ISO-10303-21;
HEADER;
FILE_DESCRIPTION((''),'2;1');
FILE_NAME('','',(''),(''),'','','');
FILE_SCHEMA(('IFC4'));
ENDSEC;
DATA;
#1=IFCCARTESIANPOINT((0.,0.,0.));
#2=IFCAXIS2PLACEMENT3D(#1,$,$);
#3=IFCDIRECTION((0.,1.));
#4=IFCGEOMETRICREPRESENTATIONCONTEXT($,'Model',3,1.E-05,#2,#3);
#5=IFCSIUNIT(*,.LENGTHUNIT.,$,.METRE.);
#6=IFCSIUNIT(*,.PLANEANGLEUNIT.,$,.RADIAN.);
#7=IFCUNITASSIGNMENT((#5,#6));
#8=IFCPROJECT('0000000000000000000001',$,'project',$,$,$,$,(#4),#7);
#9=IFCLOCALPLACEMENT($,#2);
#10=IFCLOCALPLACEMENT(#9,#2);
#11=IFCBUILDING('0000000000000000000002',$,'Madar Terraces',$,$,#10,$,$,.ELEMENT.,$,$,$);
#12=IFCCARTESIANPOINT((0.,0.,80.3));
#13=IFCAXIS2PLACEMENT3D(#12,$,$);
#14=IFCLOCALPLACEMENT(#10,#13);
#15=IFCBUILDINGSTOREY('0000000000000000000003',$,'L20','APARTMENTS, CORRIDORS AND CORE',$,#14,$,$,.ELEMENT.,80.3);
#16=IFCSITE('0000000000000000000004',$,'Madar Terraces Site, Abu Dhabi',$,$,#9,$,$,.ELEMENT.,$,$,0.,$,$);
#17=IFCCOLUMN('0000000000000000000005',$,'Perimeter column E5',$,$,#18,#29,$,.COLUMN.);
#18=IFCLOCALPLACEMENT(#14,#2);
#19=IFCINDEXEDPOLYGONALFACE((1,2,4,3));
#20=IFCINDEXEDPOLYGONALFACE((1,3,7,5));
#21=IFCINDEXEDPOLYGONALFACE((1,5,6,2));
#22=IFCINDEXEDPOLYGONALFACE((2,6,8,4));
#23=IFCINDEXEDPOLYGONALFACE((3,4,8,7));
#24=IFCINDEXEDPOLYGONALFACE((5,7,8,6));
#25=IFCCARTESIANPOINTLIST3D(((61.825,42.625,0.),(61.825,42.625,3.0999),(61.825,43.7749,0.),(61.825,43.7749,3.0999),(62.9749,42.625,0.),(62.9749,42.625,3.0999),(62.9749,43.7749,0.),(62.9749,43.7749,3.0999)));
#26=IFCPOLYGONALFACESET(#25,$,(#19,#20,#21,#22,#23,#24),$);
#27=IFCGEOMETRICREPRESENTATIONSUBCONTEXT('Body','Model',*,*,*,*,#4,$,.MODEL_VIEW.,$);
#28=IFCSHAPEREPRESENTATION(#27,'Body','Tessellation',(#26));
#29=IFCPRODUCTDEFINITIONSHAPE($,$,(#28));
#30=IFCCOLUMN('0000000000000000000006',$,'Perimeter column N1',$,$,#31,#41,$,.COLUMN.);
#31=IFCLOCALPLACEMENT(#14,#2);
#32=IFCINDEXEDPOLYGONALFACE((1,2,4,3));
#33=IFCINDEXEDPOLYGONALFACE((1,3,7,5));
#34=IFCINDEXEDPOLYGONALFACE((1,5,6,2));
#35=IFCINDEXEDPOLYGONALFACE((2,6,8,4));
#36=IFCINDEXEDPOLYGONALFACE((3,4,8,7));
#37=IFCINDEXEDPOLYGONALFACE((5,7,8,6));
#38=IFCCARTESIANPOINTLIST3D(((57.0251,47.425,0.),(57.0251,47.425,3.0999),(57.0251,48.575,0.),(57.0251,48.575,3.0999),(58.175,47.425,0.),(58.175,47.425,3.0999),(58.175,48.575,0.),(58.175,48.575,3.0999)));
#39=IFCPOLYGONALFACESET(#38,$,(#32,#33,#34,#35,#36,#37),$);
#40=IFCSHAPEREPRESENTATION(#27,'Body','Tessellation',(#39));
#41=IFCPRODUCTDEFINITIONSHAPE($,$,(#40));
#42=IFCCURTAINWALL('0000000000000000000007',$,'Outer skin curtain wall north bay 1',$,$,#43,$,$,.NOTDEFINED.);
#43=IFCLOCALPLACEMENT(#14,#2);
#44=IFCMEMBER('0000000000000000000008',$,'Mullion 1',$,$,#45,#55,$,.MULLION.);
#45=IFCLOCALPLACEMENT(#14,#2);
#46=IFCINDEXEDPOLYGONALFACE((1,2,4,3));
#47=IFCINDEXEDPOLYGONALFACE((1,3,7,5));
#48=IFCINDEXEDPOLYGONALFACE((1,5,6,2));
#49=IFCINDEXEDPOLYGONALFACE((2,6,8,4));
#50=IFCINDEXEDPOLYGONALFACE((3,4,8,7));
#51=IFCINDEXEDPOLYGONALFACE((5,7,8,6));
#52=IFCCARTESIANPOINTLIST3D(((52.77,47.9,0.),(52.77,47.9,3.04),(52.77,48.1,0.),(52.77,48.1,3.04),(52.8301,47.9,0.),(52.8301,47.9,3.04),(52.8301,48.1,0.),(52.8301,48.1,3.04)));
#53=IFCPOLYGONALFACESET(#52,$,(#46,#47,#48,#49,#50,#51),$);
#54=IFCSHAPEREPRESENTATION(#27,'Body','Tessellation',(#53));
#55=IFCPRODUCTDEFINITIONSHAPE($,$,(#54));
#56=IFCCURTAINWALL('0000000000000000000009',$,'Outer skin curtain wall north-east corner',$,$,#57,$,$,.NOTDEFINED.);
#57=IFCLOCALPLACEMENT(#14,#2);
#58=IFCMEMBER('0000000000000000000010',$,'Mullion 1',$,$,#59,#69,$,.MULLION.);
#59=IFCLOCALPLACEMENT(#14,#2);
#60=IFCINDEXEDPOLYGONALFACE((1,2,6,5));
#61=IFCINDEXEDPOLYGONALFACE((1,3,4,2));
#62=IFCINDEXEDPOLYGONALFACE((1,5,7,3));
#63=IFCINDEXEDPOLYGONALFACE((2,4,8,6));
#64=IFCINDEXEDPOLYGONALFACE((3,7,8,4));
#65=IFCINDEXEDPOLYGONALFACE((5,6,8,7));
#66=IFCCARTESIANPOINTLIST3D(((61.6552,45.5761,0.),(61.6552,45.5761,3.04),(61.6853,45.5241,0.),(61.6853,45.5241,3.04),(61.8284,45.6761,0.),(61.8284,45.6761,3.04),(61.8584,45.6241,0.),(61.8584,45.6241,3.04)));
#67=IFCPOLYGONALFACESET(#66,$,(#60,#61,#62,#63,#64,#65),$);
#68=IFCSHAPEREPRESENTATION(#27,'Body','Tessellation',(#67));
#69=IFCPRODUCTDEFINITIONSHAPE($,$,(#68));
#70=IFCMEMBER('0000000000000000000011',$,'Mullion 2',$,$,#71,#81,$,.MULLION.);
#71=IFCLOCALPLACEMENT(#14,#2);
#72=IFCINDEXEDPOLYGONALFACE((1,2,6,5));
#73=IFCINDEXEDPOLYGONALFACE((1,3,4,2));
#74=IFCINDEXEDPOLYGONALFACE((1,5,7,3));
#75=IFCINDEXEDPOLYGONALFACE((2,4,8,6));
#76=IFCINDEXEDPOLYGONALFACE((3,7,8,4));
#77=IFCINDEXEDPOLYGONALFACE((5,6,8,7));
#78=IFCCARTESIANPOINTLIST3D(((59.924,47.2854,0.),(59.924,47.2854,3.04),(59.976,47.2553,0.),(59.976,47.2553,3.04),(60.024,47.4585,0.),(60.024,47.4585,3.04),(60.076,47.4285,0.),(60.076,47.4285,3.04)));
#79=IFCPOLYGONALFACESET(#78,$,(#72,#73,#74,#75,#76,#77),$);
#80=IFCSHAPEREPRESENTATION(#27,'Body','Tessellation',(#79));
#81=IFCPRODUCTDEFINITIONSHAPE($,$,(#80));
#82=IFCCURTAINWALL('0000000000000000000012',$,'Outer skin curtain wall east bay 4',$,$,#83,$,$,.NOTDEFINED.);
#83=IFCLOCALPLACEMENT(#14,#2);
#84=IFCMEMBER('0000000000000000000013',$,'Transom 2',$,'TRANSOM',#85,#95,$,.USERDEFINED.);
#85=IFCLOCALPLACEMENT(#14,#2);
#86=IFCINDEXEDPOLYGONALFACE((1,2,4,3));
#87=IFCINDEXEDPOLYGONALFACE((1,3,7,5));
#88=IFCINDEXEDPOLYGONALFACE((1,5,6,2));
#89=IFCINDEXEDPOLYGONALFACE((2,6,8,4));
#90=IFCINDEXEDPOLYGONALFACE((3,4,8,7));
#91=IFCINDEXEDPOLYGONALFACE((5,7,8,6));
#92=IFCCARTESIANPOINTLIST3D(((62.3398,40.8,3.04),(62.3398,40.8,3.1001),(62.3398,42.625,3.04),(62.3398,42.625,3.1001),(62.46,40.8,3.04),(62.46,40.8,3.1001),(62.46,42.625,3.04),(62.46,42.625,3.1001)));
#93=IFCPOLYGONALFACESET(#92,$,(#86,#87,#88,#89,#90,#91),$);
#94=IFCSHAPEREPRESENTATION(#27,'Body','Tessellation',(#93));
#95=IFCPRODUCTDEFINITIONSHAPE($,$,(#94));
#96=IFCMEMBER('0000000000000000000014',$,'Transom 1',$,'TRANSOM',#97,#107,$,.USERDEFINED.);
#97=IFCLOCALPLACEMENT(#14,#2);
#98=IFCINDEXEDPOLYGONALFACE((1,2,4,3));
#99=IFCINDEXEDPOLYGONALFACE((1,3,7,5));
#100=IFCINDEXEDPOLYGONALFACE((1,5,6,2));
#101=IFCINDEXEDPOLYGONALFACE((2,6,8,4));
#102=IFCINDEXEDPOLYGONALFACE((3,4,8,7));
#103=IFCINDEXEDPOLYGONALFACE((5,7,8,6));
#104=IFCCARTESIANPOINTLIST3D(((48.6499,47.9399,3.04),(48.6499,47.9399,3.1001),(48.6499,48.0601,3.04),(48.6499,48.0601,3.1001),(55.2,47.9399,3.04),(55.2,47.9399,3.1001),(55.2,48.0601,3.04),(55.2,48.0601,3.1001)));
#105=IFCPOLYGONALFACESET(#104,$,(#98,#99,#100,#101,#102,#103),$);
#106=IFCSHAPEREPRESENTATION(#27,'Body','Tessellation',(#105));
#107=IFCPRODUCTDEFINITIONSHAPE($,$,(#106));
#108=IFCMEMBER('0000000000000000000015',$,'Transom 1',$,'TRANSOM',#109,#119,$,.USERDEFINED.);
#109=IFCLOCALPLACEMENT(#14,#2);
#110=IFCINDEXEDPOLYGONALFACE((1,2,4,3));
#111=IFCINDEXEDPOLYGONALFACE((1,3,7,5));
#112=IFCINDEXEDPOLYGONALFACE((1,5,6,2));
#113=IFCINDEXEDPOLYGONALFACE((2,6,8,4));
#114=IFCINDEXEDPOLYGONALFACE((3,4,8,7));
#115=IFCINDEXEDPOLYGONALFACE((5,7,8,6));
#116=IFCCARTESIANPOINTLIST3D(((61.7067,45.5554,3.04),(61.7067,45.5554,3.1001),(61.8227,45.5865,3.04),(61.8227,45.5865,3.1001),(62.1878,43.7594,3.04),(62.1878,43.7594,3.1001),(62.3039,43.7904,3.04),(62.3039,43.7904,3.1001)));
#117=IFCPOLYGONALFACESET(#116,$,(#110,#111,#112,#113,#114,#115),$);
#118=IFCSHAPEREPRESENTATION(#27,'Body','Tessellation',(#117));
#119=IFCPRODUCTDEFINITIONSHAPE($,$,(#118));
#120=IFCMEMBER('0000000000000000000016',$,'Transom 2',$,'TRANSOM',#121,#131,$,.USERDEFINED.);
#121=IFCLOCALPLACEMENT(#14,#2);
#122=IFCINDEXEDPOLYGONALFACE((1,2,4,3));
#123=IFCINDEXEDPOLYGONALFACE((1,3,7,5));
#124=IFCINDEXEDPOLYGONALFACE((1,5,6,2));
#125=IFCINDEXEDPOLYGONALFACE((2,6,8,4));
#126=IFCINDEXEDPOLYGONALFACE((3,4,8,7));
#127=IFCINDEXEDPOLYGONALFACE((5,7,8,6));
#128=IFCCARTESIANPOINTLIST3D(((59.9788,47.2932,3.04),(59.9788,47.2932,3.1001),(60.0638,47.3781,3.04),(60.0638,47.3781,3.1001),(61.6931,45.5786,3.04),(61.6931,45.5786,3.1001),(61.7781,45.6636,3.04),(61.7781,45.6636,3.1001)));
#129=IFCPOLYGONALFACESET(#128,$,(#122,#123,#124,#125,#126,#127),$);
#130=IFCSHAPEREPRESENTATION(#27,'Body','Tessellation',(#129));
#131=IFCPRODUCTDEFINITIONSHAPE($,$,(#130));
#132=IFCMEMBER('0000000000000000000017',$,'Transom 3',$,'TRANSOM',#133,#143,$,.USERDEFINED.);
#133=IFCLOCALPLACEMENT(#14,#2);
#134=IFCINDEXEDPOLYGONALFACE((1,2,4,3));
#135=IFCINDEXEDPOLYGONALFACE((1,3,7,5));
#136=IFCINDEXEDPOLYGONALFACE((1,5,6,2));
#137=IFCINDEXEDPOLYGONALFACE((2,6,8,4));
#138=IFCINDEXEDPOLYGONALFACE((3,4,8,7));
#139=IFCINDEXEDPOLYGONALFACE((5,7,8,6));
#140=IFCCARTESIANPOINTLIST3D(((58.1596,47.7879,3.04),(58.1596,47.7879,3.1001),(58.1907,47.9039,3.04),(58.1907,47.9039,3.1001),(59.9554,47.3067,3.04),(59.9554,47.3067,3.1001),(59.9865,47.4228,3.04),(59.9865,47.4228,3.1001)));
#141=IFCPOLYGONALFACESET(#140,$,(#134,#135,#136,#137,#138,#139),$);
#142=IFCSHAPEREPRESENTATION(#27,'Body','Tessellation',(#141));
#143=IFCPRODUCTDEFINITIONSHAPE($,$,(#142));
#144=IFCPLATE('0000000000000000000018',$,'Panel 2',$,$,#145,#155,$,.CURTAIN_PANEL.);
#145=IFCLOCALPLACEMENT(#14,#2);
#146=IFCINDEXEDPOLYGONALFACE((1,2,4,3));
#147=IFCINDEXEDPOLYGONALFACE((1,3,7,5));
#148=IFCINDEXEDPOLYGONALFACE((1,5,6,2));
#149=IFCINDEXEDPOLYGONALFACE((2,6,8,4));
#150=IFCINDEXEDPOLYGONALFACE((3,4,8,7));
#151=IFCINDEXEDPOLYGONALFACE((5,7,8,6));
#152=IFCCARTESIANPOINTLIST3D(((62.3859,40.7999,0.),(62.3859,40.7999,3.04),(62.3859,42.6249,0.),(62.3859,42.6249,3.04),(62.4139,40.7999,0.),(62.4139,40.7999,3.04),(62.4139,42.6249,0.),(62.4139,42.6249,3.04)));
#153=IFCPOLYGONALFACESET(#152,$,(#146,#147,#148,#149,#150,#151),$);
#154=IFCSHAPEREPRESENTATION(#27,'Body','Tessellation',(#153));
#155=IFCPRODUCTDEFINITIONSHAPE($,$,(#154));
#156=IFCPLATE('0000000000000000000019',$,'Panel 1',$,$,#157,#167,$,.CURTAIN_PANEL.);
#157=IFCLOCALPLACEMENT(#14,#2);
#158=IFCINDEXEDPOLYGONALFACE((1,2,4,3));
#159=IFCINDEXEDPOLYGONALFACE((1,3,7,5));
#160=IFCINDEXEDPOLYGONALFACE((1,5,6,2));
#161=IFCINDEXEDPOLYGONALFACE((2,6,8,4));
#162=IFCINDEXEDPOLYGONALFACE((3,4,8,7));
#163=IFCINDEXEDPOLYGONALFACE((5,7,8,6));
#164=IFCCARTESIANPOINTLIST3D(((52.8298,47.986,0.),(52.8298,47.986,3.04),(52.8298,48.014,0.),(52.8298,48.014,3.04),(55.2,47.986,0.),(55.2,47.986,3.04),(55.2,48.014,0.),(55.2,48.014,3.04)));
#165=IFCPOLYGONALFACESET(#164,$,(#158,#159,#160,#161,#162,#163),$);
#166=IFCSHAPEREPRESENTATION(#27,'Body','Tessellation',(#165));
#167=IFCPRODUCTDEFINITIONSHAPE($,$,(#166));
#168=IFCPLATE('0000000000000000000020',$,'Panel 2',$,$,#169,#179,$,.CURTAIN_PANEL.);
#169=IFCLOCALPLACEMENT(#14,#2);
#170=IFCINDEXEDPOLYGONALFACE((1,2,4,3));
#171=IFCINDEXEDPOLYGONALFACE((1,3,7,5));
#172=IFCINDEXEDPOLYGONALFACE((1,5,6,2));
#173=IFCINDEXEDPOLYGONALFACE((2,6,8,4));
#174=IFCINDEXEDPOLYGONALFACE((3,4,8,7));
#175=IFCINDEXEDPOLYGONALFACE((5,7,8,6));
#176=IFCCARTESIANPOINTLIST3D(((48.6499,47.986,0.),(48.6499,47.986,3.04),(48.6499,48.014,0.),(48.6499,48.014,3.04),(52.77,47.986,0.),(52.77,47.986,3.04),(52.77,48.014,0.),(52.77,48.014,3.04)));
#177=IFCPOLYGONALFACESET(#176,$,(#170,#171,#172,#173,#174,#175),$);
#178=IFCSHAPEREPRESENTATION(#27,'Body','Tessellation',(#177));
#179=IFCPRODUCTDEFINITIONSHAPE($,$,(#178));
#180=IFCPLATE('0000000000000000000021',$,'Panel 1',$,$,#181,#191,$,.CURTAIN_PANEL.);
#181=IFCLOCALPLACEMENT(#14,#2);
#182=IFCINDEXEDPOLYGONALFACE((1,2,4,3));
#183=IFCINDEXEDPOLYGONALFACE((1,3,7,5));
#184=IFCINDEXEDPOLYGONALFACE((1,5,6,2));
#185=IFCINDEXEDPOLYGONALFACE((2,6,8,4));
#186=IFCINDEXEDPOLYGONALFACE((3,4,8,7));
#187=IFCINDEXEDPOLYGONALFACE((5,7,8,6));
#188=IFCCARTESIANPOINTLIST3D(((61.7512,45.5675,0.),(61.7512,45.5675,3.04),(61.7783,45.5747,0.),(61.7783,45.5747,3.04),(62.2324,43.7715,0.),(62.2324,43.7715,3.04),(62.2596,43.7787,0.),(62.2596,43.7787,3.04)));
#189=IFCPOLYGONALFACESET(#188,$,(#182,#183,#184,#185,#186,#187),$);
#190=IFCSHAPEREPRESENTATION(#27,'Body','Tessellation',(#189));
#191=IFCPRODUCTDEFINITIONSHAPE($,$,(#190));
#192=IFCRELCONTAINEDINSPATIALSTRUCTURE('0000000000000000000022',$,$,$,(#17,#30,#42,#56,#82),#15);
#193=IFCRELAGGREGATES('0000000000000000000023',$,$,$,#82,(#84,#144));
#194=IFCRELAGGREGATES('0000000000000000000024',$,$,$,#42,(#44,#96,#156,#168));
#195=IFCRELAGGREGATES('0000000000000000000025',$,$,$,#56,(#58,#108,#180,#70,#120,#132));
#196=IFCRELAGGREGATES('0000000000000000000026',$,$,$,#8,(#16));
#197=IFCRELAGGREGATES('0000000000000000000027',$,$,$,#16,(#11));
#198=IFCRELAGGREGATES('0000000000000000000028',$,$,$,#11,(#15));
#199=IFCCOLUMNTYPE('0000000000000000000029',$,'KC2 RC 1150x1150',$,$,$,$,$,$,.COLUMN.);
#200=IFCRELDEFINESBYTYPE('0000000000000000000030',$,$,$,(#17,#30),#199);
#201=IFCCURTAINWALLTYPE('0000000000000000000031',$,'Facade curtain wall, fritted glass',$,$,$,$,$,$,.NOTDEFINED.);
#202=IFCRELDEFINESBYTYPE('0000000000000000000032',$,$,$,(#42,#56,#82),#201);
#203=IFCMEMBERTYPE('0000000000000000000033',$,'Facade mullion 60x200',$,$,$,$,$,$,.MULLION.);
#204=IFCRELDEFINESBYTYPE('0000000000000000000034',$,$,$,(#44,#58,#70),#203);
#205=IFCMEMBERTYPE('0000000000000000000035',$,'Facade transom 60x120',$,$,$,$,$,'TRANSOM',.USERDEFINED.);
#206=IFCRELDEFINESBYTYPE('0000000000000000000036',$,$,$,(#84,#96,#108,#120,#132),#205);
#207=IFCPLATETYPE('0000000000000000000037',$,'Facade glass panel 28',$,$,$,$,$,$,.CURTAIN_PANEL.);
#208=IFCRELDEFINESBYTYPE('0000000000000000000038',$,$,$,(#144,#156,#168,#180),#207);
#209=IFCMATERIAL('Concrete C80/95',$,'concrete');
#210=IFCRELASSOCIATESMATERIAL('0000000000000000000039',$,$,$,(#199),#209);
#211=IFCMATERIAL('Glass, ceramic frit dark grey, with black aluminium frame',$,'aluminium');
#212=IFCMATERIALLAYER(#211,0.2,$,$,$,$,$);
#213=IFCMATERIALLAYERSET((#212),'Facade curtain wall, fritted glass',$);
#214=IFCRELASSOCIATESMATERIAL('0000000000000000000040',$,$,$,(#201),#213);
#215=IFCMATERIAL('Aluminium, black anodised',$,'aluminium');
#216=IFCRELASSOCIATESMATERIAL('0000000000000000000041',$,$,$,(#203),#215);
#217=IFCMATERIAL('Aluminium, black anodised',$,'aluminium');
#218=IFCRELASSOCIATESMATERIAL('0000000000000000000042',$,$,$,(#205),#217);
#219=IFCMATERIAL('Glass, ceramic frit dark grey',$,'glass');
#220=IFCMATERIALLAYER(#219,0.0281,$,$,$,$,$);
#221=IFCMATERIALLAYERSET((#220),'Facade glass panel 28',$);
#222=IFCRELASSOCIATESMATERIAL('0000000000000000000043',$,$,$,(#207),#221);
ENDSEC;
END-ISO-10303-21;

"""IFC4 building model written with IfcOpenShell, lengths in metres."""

from ifc_helpers import new_model, si_unit, direction, frame, origin, origin_2d, place, context, subcontext, project, spatial, rectangle, extrude, material, layer, layer_set, material_profile, profile_set, type_object, element, aggregate, save


model = new_model("IFC4")

# Units and contexts
model_context = context("Model", 3, precision=1e-05, world=origin(), true_north=direction((0.0, 1.0)))
body_context = subcontext(model_context, "Body", "Model", "MODEL_VIEW")
ifc_project = project(units=[si_unit("LENGTHUNIT", "METRE"), si_unit("PLANEANGLEUNIT", "RADIAN")], contexts=[model_context])

# Site, building, storey
site_placement = place(None, origin())
site = spatial("IfcSite", under=ifc_project, at=site_placement, Name="Madar Terraces Site, Abu Dhabi", CompositionType="ELEMENT", RefElevation=0.0)
building_placement = place(site_placement, origin())
building = spatial("IfcBuilding", under=site, at=building_placement, Name="Madar Terraces", CompositionType="ELEMENT")
storey_placement = place(building_placement, frame((0.0, 0.0, 80.3)))
storey = spatial("IfcBuildingStorey", under=building, at=storey_placement, Name="L20", Description="APARTMENTS, CORRIDORS AND CORE", CompositionType="ELEMENT", Elevation=80.3)

# Columns
ifc_material_1 = material(Name="Concrete C80/95", Category="concrete")
ifc_material_profile_1 = material_profile(ifc_material_1, rectangle(XDim=1.1499, YDim=1.1499, at=origin_2d()), Name="KC2 RC 1150x1150")
ifc_profile_set_1 = profile_set([ifc_material_profile_1], Name="Concrete C80/95")
column_type = type_object("IfcColumnType", Name="KC2 RC 1150x1150", PredefinedType="COLUMN", material=ifc_profile_set_1)
for number, where, z_axis, x_axis, name in (
    (1, (62.3999, 43.2, 0.0), (0.0, 0.0, 1.0), (1.0, 0.0, 0.0), "Perimeter column E5"),
    (2, (57.6001, 48.0, 0.0), (0.0, 0.0, 1.0), (1.0, 0.0, 0.0), "Perimeter column N1"),
):
    element("IfcColumn", number, at=place(storey_placement, frame(where, z_axis=z_axis, x_axis=x_axis)), inside=storey, type_object=column_type, Name=name, PredefinedType="COLUMN", context=body_context, shape_type="SweptSolid", body=[
        extrude(rectangle(XDim=1.1499, YDim=1.1499, at=origin_2d()), origin(), (0.0, 0.0, 1.0), 3.0999),
    ])

# Curtain wall, member
ifc_material_2 = material(Name="Glass, ceramic frit dark grey, with black aluminium frame", Category="aluminium")
ifc_layer_1 = layer(ifc_material_2, 0.2)
ifc_layer_set_1 = layer_set([ifc_layer_1], Name="Facade curtain wall, fritted glass")
curtain_wall_type = type_object("IfcCurtainWallType", Name="Facade curtain wall, fritted glass", PredefinedType="NOTDEFINED", material=ifc_layer_set_1)
curtain_wall_1_placement = place(storey_placement, origin())
curtain_wall_1 = element("IfcCurtainWall", 3, at=curtain_wall_1_placement, inside=storey, type_object=curtain_wall_type, Name="Outer skin curtain wall north bay 1", PredefinedType="NOTDEFINED")
ifc_material_3 = material(Name="Aluminium, black anodised", Category="aluminium")
ifc_material_profile_2 = material_profile(ifc_material_3, rectangle(XDim=0.2, YDim=0.0601, at=origin_2d()), Name="Facade mullion 60x200")
ifc_profile_set_2 = profile_set([ifc_material_profile_2], Name="Aluminium, black anodised")
member_type_1 = type_object("IfcMemberType", Name="Facade mullion 60x200", PredefinedType="MULLION", material=ifc_profile_set_2)
member_1_placement = place(storey_placement, frame((52.8, 48.0, 0.0), z_axis=(0.0, 0.0, 1.0), x_axis=(0.0, -1.0, 0.0)))
member_1 = element("IfcMember", 4, at=member_1_placement, type_object=member_type_1, Name="Mullion 1", PredefinedType="MULLION", context=body_context, shape_type="SweptSolid", body=[
    extrude(rectangle(XDim=0.2, YDim=0.0601, at=origin_2d()), origin(), (0.0, 0.0, 1.0), 3.04),
])

# Curtain wall, members
curtain_wall_2_placement = place(storey_placement, origin())
curtain_wall_2 = element("IfcCurtainWall", 5, at=curtain_wall_2_placement, inside=storey, type_object=curtain_wall_type, Name="Outer skin curtain wall north-east corner", PredefinedType="NOTDEFINED")
member_2_placement = place(storey_placement, frame((61.7568, 45.6001, 0.0), z_axis=(0.0, 0.0, 1.0), x_axis=(-0.866025, -0.5, 0.0)))
member_2 = element("IfcMember", 6, at=member_2_placement, type_object=member_type_1, Name="Mullion 1", PredefinedType="MULLION", context=body_context, shape_type="SweptSolid", body=[
    extrude(rectangle(XDim=0.2, YDim=0.0601, at=origin_2d()), origin(), (0.0, 0.0, 1.0), 3.04),
])
member_3_placement = place(storey_placement, frame((60.0, 47.3569, 0.0), z_axis=(0.0, 0.0, 1.0), x_axis=(-0.5, -0.866025, 0.0)))
member_3 = element("IfcMember", 7, at=member_3_placement, type_object=member_type_1, Name="Mullion 2", PredefinedType="MULLION", context=body_context, shape_type="SweptSolid", body=[
    extrude(rectangle(XDim=0.2, YDim=0.0601, at=origin_2d()), origin(), (0.0, 0.0, 1.0), 3.04),
])

# Curtain wall, member
curtain_wall_3_placement = place(storey_placement, origin())
curtain_wall_3 = element("IfcCurtainWall", 8, at=curtain_wall_3_placement, inside=storey, type_object=curtain_wall_type, Name="Outer skin curtain wall east bay 4", PredefinedType="NOTDEFINED")
ifc_material_4 = material(Name="Aluminium, black anodised", Category="aluminium")
ifc_material_profile_3 = material_profile(ifc_material_4, rectangle(XDim=0.1201, YDim=0.0601, at=origin_2d()), Name="Facade transom 60x120")
ifc_profile_set_3 = profile_set([ifc_material_profile_3], Name="Aluminium, black anodised")
member_type_2 = type_object("IfcMemberType", Name="Facade transom 60x120", ElementType="TRANSOM", PredefinedType="USERDEFINED", material=ifc_profile_set_3)
member_4_placement = place(storey_placement, frame((62.3999, 40.8, 3.0701), z_axis=(0.0, 1.0, 0.0), x_axis=(-1.0, 0.0, 0.0)))
member_4 = element("IfcMember", 9, at=member_4_placement, type_object=member_type_2, Name="Transom 2", ObjectType="TRANSOM", PredefinedType="USERDEFINED", context=body_context, shape_type="SweptSolid", body=[
    extrude(rectangle(XDim=0.1201, YDim=0.0601, at=origin_2d()), origin(), (0.0, 0.0, 1.0), 1.825),
])

# Members
member_5_placement = place(storey_placement, frame((55.2, 48.0, 3.0701), z_axis=(-1.0, 0.0, 0.0), x_axis=(0.0, -1.0, 0.0)))
member_5 = element("IfcMember", 10, at=member_5_placement, type_object=member_type_2, Name="Transom 1", ObjectType="TRANSOM", PredefinedType="USERDEFINED", context=body_context, shape_type="SweptSolid", body=[
    extrude(rectangle(XDim=0.1201, YDim=0.0601, at=origin_2d()), origin(), (0.0, 0.0, 1.0), 6.55),
])
member_6_placement = place(storey_placement, frame((62.2458, 43.7749, 3.0701), z_axis=(-0.258782, 0.965936, 0.0), x_axis=(-0.965936, -0.258782, 0.0)))
member_6 = element("IfcMember", 11, at=member_6_placement, type_object=member_type_2, Name="Transom 1", ObjectType="TRANSOM", PredefinedType="USERDEFINED", context=body_context, shape_type="SweptSolid", body=[
    extrude(rectangle(XDim=0.1201, YDim=0.0601, at=origin_2d()), origin(), (0.0, 0.0, 1.0), 1.8594),
])
member_7_placement = place(storey_placement, frame((61.7356, 45.6211, 3.0701), z_axis=(-0.707056, 0.707157, 0.0), x_axis=(-0.707157, -0.707056, 0.0)))
member_7 = element("IfcMember", 12, at=member_7_placement, type_object=member_type_2, Name="Transom 2", ObjectType="TRANSOM", PredefinedType="USERDEFINED", context=body_context, shape_type="SweptSolid", body=[
    extrude(rectangle(XDim=0.1201, YDim=0.0601, at=origin_2d()), origin(), (0.0, 0.0, 1.0), 2.4246),
])
member_8_placement = place(storey_placement, frame((59.9709, 47.3647, 3.0701), z_axis=(-0.965927, 0.258815, 0.0), x_axis=(-0.258815, -0.965927, 0.0)))
member_8 = element("IfcMember", 13, at=member_8_placement, type_object=member_type_2, Name="Transom 3", ObjectType="TRANSOM", PredefinedType="USERDEFINED", context=body_context, shape_type="SweptSolid", body=[
    extrude(rectangle(XDim=0.1201, YDim=0.0601, at=origin_2d()), origin(), (0.0, 0.0, 1.0), 1.8591),
])

# Plates
ifc_material_5 = material(Name="Glass, ceramic frit dark grey", Category="glass")
ifc_layer_2 = layer(ifc_material_5, 0.0281)
ifc_layer_set_2 = layer_set([ifc_layer_2], Name="Facade glass panel 28")
plate_type = type_object("IfcPlateType", Name="Facade glass panel 28", PredefinedType="CURTAIN_PANEL", material=ifc_layer_set_2)
plate_1_placement = place(storey_placement, frame((62.3999, 41.7124, 0.0), z_axis=(0.0, 0.0, 1.0), x_axis=(0.0, 1.0, 0.0)))
plate_1 = element("IfcPlate", 14, at=plate_1_placement, type_object=plate_type, Name="Panel 2", PredefinedType="CURTAIN_PANEL", context=body_context, shape_type="SweptSolid", body=[
    extrude(rectangle(XDim=1.825, YDim=0.0281, at=origin_2d()), origin(), (0.0, 0.0, 1.0), 3.04),
])
aggregate(curtain_wall_3, [member_4, plate_1])
plate_2_placement = place(storey_placement, frame((54.0149, 48.0, 0.0), z_axis=(0.0, 0.0, 1.0), x_axis=(-1.0, 0.0, 0.0)))
plate_2 = element("IfcPlate", 15, at=plate_2_placement, type_object=plate_type, Name="Panel 1", PredefinedType="CURTAIN_PANEL", context=body_context, shape_type="SweptSolid", body=[
    extrude(rectangle(XDim=2.3701, YDim=0.0281, at=origin_2d()), origin(), (0.0, 0.0, 1.0), 3.04),
])
plate_3_placement = place(storey_placement, frame((50.71, 48.0, 0.0), z_axis=(0.0, 0.0, 1.0), x_axis=(-1.0, 0.0, 0.0)))
plate_3 = element("IfcPlate", 16, at=plate_3_placement, type_object=plate_type, Name="Panel 2", PredefinedType="CURTAIN_PANEL", context=body_context, shape_type="SweptSolid", body=[
    extrude(rectangle(XDim=4.1201, YDim=0.0281, at=origin_2d()), origin(), (0.0, 0.0, 1.0), 3.04),
])
aggregate(curtain_wall_1, [member_1, member_5, plate_2, plate_3])
plate_4_placement = place(storey_placement, frame((62.0054, 44.6731, 0.0), z_axis=(0.0, 0.0, 1.0), x_axis=(-0.258819, 0.965926, 0.0)))
plate_4 = element("IfcPlate", 17, at=plate_4_placement, type_object=plate_type, Name="Panel 1", PredefinedType="CURTAIN_PANEL", context=body_context, shape_type="SweptSolid", body=[
    extrude(rectangle(XDim=1.8594, YDim=0.0281, at=origin_2d()), origin(), (0.0, 0.0, 1.0), 3.04),
])
aggregate(curtain_wall_2, [member_2, member_6, plate_4, member_3, member_7, member_8])

save(model, "model.ifc")
